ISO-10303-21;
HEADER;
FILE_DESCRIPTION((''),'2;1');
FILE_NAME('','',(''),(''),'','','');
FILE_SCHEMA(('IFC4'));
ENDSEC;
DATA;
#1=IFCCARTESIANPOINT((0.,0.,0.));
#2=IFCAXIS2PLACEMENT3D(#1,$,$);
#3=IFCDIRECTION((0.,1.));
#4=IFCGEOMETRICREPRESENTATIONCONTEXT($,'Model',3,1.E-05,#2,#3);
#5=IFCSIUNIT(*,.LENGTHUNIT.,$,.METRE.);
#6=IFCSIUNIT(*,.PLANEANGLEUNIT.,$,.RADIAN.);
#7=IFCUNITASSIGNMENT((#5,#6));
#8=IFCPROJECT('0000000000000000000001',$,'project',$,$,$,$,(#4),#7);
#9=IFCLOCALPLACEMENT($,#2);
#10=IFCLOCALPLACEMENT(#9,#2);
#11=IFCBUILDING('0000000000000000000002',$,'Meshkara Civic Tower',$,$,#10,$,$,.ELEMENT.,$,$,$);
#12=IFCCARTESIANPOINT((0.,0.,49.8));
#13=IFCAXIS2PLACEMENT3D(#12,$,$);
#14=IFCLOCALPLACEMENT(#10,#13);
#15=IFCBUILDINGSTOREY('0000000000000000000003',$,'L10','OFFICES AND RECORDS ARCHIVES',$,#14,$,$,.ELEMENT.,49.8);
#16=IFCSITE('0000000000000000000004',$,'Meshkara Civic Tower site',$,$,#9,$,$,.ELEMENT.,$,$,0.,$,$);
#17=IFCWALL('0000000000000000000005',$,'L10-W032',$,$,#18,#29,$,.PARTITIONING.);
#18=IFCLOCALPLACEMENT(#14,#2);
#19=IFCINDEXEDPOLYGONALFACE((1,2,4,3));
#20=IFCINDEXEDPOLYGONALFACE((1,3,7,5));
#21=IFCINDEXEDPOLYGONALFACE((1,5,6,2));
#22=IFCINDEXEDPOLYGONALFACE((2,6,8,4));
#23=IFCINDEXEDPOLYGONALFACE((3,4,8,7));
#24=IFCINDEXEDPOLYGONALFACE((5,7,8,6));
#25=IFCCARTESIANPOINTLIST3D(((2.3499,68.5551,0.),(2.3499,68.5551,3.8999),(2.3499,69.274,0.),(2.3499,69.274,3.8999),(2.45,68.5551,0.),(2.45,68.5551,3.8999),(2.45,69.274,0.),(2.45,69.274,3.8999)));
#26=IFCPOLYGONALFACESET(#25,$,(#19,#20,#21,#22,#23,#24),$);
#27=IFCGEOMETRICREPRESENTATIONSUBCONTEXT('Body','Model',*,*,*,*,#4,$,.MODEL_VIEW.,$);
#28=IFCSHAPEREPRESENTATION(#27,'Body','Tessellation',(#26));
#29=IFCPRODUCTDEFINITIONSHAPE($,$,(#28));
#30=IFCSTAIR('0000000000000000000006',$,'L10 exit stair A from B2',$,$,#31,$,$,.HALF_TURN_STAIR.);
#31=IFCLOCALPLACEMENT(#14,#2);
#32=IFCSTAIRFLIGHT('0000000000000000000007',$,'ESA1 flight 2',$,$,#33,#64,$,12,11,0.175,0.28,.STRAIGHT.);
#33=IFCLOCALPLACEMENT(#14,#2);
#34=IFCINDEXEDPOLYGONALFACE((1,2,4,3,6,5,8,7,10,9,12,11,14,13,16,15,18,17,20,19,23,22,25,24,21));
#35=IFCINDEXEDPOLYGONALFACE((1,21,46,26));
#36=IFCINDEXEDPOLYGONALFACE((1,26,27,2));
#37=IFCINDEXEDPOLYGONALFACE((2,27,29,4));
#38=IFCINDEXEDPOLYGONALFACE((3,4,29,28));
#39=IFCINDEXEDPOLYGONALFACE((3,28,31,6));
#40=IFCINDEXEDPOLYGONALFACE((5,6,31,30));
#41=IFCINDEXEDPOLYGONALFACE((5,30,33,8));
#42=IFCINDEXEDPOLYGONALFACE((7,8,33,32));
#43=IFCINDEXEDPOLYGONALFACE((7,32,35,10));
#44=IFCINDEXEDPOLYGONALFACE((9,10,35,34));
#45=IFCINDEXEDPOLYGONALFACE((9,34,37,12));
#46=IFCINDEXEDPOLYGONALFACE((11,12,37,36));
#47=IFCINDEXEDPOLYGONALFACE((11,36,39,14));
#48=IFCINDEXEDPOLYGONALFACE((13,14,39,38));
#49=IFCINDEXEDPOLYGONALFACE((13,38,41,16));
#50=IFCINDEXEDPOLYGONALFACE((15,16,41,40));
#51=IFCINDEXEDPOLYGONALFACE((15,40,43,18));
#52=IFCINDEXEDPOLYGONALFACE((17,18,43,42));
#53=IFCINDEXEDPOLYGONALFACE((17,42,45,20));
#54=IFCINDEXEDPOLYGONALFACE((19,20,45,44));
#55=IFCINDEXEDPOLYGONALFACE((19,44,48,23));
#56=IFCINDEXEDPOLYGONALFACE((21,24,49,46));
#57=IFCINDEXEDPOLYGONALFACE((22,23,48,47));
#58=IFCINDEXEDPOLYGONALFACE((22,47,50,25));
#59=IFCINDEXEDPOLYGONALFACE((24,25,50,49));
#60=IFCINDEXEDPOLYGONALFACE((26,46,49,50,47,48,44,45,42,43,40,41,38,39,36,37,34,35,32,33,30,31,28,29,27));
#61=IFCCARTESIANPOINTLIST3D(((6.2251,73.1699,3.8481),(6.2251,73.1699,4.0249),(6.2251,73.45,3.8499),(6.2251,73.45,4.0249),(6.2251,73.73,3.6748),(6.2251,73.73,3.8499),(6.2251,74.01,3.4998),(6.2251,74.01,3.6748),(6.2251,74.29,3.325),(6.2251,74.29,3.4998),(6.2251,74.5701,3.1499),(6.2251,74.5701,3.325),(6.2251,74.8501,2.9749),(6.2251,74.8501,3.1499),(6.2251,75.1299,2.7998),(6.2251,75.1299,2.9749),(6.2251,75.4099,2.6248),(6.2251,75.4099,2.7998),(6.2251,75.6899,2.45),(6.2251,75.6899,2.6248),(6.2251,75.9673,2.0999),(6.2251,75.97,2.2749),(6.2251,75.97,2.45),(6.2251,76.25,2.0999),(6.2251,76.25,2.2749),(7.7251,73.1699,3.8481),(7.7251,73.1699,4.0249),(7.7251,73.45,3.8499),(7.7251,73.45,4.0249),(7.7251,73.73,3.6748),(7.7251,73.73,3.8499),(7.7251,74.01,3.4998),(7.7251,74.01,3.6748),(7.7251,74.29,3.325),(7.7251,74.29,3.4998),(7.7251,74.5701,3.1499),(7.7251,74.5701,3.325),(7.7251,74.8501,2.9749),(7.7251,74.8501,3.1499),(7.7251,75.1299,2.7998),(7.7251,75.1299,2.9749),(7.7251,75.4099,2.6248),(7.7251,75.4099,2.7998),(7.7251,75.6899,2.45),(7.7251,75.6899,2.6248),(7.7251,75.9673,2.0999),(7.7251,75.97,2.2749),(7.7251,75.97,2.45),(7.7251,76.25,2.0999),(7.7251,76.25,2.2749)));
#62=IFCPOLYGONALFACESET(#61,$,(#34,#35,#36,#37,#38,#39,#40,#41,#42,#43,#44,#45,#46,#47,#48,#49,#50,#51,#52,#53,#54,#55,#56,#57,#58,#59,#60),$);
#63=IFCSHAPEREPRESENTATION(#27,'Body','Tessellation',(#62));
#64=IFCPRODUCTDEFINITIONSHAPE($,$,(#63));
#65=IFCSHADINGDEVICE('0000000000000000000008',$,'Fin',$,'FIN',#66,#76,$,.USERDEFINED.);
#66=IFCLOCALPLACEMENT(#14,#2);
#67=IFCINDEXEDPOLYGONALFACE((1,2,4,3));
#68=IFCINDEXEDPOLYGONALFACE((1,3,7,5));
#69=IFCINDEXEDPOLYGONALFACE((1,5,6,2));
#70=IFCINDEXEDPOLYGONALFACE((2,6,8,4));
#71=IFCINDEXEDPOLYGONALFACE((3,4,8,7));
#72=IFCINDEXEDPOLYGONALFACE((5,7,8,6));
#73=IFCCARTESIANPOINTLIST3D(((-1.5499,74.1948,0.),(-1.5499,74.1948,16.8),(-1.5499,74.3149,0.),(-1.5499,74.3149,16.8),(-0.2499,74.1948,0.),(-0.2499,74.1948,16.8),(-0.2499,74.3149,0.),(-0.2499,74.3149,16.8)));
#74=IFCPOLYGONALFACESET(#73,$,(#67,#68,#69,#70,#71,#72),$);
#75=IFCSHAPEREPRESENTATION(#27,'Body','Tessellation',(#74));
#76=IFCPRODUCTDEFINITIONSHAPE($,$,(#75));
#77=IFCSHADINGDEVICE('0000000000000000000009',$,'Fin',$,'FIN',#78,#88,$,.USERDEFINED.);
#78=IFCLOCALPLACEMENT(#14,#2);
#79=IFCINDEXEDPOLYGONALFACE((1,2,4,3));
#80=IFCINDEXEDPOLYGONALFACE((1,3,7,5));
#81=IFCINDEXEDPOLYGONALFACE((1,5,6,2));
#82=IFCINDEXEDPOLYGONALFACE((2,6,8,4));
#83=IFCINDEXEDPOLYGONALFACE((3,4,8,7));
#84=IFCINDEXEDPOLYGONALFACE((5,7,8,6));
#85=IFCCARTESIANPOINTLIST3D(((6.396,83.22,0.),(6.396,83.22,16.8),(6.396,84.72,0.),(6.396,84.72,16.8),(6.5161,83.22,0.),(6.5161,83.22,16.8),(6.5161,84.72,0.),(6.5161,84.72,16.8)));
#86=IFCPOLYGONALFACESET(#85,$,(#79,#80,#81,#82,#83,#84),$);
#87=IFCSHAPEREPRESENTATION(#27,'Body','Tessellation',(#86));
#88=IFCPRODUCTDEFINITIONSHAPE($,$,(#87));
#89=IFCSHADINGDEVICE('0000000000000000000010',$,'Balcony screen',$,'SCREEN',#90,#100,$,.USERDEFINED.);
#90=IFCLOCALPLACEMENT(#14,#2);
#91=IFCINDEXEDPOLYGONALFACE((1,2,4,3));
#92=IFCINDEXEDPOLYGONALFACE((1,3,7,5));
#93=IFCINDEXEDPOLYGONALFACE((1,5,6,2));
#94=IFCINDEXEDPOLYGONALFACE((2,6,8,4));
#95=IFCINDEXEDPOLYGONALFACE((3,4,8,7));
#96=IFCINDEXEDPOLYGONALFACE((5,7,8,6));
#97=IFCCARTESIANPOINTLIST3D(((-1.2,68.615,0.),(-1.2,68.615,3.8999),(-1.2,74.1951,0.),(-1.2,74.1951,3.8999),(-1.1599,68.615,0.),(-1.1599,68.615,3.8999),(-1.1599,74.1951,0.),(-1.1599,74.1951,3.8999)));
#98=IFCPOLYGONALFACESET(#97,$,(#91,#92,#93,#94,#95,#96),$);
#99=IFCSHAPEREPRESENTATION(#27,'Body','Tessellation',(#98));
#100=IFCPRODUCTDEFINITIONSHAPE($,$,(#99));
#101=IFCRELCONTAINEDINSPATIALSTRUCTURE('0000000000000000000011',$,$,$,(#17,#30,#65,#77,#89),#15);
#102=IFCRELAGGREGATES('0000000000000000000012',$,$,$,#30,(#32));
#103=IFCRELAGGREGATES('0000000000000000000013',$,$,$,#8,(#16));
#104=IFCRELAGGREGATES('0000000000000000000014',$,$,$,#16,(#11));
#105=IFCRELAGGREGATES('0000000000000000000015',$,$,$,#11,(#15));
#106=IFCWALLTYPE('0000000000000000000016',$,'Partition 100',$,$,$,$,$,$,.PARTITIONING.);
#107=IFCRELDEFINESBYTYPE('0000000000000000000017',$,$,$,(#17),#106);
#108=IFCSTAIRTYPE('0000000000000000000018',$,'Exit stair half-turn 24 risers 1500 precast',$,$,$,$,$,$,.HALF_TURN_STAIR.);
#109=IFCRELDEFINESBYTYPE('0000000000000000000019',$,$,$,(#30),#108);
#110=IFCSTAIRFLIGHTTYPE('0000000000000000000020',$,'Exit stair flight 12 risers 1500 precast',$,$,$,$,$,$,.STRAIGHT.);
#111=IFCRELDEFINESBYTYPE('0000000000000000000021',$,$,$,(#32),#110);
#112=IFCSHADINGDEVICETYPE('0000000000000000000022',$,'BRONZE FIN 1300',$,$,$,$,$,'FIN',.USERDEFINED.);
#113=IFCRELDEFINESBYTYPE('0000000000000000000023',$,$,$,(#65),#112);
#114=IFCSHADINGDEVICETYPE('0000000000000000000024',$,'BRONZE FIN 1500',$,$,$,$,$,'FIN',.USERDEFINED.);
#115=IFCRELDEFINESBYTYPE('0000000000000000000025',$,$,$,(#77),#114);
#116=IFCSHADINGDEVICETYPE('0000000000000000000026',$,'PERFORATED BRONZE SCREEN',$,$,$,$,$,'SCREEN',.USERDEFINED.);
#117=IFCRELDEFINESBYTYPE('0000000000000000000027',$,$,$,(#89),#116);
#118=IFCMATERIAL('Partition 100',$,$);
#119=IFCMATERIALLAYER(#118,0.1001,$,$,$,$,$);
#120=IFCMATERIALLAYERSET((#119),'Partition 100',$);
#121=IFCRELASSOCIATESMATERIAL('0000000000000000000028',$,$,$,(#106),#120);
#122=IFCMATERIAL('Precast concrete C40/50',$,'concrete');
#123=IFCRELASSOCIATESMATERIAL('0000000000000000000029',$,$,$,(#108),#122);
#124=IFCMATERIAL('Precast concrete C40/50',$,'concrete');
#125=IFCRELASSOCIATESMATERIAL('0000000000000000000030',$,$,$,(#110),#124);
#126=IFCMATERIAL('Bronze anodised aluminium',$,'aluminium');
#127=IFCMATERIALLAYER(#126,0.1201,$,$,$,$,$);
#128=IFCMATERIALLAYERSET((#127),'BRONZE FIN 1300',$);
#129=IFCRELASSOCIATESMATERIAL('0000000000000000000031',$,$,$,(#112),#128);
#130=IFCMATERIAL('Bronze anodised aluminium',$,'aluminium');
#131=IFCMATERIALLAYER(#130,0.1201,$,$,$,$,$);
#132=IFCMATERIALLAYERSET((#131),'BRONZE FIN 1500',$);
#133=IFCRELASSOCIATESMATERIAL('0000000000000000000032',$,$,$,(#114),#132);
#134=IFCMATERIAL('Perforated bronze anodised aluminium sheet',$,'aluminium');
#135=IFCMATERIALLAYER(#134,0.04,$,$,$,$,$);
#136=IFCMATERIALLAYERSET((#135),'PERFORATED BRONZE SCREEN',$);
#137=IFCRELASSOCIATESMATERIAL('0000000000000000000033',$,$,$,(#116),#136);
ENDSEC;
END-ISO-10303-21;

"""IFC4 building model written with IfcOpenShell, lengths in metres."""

from ifc_helpers import new_model, si_unit, direction, frame, frame_2d, origin, origin_2d, place, context, subcontext, project, spatial, polyline, rectangle, outline, extrude, material, layer, layer_set, type_object, element, aggregate, save


model = new_model("IFC4")

# Units and contexts
model_context = context("Model", 3, precision=1e-05, world=origin(), true_north=direction((0.0, 1.0)))
body_context = subcontext(model_context, "Body", "Model", "MODEL_VIEW")
ifc_project = project(units=[si_unit("LENGTHUNIT", "METRE"), si_unit("PLANEANGLEUNIT", "RADIAN")], contexts=[model_context])

# Site, building, storey
site_placement = place(None, origin())
site = spatial("IfcSite", under=ifc_project, at=site_placement, Name="Meshkara Civic Tower site", CompositionType="ELEMENT", RefElevation=0.0)
building_placement = place(site_placement, origin())
building = spatial("IfcBuilding", under=site, at=building_placement, Name="Meshkara Civic Tower", CompositionType="ELEMENT")
storey_placement = place(building_placement, frame((0.0, 0.0, 49.8)))
storey = spatial("IfcBuildingStorey", under=building, at=storey_placement, Name="L10", Description="OFFICES AND RECORDS ARCHIVES", CompositionType="ELEMENT", Elevation=49.8)

# Wall
ifc_material_1 = material(Name="Partition 100")
ifc_layer_1 = layer(ifc_material_1, 0.1001)
ifc_layer_set_1 = layer_set([ifc_layer_1], Name="Partition 100")
wall_type_1 = type_object("IfcWallType", Name="Partition 100", PredefinedType="PARTITIONING", material=ifc_layer_set_1)
wall_1_placement = place(storey_placement, frame((2.3999, 69.2739, 0.0), z_axis=(0.0, 0.0, 1.0), x_axis=(0.0, -1.0, 0.0)))
element("IfcWall", 1, at=wall_1_placement, inside=storey, type_object=wall_type_1, Name="L10-W032", PredefinedType="PARTITIONING", context=body_context, shape_type="SweptSolid", body=[
    extrude(rectangle(XDim=0.719, YDim=0.1001, at=frame_2d((0.3594, 0.0))), origin(), (0.0, 0.0, 1.0), 3.8999),
])

# Stair, stair flight
ifc_material_2 = material(Name="Precast concrete C40/50", Category="concrete")
stair_type = type_object("IfcStairType", Name="Exit stair half-turn 24 risers 1500 precast", PredefinedType="HALF_TURN_STAIR", material=ifc_material_2)
stair_placement = place(storey_placement, origin())
stair = element("IfcStair", 2, at=stair_placement, inside=storey, type_object=stair_type, Name="L10 exit stair A from B2", PredefinedType="HALF_TURN_STAIR")
ifc_material_3 = material(Name="Precast concrete C40/50", Category="concrete")
stair_flight_type = type_object("IfcStairFlightType", Name="Exit stair flight 12 risers 1500 precast", PredefinedType="STRAIGHT", material=ifc_material_3)
stair_flight_placement = place(storey_placement, frame((6.9751, 76.25, 2.0999), z_axis=(0.0, 0.0, 1.0), x_axis=(0.0, -1.0, 0.0)))
stair_flight = element("IfcStairFlight", 3, at=stair_flight_placement, type_object=stair_flight_type, Name="ESA1 flight 2", NumberOfRisers=12, NumberOfTreads=11, PredefinedType="STRAIGHT", RiserHeight=0.175, TreadLength=0.28, context=body_context, shape_type="SweptSolid", body=[
    extrude(outline(polyline([(0.0, 0.0), (0.0, 0.175), (0.28, 0.175), (0.28, 0.3501), (0.5601, 0.3501), (0.5601, 0.5249), (0.8401, 0.5249), (0.8401, 0.7), (1.1201, 0.7), (1.1201, 0.875), (1.3999, 0.875), (1.3999, 1.05), (1.6799, 1.05), (1.6799, 1.2251), (1.96, 1.2251), (1.96, 1.3999), (2.24, 1.3999), (2.24, 1.575), (2.52, 1.575), (2.52, 1.75), (2.8, 1.75), (2.8, 1.925), (3.0801, 1.925), (3.0801, 2.1001), (3.0801, 1.7483), (0.2827, 0.0), (0.0, 0.0)])), frame((0.0, 0.75, 0.0), z_axis=(0.0, -1.0, 0.0), x_axis=(1.0, 0.0, 0.0)), (0.0, 0.0, 1.0), 1.5),
])
aggregate(stair, [stair_flight])

# Shading devices
ifc_material_4 = material(Name="Bronze anodised aluminium", Category="aluminium")
ifc_layer_2 = layer(ifc_material_4, 0.1201)
ifc_layer_set_2 = layer_set([ifc_layer_2], Name="BRONZE FIN 1300")
shading_device_type_1 = type_object("IfcShadingDeviceType", Name="BRONZE FIN 1300", ElementType="FIN", PredefinedType="USERDEFINED", material=ifc_layer_set_2)
shading_device_1_placement = place(storey_placement, frame((-0.8999, 74.2549, 0.0), z_axis=(0.0, 0.0, 1.0), x_axis=(0.0, -1.0, 0.0)))
element("IfcShadingDevice", 4, at=shading_device_1_placement, inside=storey, type_object=shading_device_type_1, Name="Fin", ObjectType="FIN", PredefinedType="USERDEFINED", context=body_context, shape_type="SweptSolid", body=[
    extrude(rectangle(XDim=0.1201, YDim=1.3, at=origin_2d()), origin(), (0.0, 0.0, 1.0), 16.8),
])
ifc_material_5 = material(Name="Bronze anodised aluminium", Category="aluminium")
ifc_layer_3 = layer(ifc_material_5, 0.1201)
ifc_layer_set_3 = layer_set([ifc_layer_3], Name="BRONZE FIN 1500")
shading_device_type_2 = type_object("IfcShadingDeviceType", Name="BRONZE FIN 1500", ElementType="FIN", PredefinedType="USERDEFINED", material=ifc_layer_set_3)
shading_device_2_placement = place(storey_placement, frame((6.4561, 83.97, 0.0), z_axis=(0.0, 0.0, 1.0), x_axis=(-1.0, 0.0, 0.0)))
element("IfcShadingDevice", 5, at=shading_device_2_placement, inside=storey, type_object=shading_device_type_2, Name="Fin", ObjectType="FIN", PredefinedType="USERDEFINED", context=body_context, shape_type="SweptSolid", body=[
    extrude(rectangle(XDim=0.1201, YDim=1.5, at=origin_2d()), origin(), (0.0, 0.0, 1.0), 16.8),
])
ifc_material_6 = material(Name="Perforated bronze anodised aluminium sheet", Category="aluminium")
ifc_layer_4 = layer(ifc_material_6, 0.04)
ifc_layer_set_4 = layer_set([ifc_layer_4], Name="PERFORATED BRONZE SCREEN")
shading_device_type_3 = type_object("IfcShadingDeviceType", Name="PERFORATED BRONZE SCREEN", ElementType="SCREEN", PredefinedType="USERDEFINED", material=ifc_layer_set_4)
shading_device_3_placement = place(storey_placement, frame((-1.1799, 71.405, 0.0), z_axis=(0.0, 0.0, 1.0), x_axis=(0.0, -1.0, 0.0)))
element("IfcShadingDevice", 6, at=shading_device_3_placement, inside=storey, type_object=shading_device_type_3, Name="Balcony screen", ObjectType="SCREEN", PredefinedType="USERDEFINED", context=body_context, shape_type="SweptSolid", body=[
    extrude(rectangle(XDim=5.5801, YDim=0.04, at=origin_2d()), origin(), (0.0, 0.0, 1.0), 3.8999),
])

save(model, "model.ifc")
